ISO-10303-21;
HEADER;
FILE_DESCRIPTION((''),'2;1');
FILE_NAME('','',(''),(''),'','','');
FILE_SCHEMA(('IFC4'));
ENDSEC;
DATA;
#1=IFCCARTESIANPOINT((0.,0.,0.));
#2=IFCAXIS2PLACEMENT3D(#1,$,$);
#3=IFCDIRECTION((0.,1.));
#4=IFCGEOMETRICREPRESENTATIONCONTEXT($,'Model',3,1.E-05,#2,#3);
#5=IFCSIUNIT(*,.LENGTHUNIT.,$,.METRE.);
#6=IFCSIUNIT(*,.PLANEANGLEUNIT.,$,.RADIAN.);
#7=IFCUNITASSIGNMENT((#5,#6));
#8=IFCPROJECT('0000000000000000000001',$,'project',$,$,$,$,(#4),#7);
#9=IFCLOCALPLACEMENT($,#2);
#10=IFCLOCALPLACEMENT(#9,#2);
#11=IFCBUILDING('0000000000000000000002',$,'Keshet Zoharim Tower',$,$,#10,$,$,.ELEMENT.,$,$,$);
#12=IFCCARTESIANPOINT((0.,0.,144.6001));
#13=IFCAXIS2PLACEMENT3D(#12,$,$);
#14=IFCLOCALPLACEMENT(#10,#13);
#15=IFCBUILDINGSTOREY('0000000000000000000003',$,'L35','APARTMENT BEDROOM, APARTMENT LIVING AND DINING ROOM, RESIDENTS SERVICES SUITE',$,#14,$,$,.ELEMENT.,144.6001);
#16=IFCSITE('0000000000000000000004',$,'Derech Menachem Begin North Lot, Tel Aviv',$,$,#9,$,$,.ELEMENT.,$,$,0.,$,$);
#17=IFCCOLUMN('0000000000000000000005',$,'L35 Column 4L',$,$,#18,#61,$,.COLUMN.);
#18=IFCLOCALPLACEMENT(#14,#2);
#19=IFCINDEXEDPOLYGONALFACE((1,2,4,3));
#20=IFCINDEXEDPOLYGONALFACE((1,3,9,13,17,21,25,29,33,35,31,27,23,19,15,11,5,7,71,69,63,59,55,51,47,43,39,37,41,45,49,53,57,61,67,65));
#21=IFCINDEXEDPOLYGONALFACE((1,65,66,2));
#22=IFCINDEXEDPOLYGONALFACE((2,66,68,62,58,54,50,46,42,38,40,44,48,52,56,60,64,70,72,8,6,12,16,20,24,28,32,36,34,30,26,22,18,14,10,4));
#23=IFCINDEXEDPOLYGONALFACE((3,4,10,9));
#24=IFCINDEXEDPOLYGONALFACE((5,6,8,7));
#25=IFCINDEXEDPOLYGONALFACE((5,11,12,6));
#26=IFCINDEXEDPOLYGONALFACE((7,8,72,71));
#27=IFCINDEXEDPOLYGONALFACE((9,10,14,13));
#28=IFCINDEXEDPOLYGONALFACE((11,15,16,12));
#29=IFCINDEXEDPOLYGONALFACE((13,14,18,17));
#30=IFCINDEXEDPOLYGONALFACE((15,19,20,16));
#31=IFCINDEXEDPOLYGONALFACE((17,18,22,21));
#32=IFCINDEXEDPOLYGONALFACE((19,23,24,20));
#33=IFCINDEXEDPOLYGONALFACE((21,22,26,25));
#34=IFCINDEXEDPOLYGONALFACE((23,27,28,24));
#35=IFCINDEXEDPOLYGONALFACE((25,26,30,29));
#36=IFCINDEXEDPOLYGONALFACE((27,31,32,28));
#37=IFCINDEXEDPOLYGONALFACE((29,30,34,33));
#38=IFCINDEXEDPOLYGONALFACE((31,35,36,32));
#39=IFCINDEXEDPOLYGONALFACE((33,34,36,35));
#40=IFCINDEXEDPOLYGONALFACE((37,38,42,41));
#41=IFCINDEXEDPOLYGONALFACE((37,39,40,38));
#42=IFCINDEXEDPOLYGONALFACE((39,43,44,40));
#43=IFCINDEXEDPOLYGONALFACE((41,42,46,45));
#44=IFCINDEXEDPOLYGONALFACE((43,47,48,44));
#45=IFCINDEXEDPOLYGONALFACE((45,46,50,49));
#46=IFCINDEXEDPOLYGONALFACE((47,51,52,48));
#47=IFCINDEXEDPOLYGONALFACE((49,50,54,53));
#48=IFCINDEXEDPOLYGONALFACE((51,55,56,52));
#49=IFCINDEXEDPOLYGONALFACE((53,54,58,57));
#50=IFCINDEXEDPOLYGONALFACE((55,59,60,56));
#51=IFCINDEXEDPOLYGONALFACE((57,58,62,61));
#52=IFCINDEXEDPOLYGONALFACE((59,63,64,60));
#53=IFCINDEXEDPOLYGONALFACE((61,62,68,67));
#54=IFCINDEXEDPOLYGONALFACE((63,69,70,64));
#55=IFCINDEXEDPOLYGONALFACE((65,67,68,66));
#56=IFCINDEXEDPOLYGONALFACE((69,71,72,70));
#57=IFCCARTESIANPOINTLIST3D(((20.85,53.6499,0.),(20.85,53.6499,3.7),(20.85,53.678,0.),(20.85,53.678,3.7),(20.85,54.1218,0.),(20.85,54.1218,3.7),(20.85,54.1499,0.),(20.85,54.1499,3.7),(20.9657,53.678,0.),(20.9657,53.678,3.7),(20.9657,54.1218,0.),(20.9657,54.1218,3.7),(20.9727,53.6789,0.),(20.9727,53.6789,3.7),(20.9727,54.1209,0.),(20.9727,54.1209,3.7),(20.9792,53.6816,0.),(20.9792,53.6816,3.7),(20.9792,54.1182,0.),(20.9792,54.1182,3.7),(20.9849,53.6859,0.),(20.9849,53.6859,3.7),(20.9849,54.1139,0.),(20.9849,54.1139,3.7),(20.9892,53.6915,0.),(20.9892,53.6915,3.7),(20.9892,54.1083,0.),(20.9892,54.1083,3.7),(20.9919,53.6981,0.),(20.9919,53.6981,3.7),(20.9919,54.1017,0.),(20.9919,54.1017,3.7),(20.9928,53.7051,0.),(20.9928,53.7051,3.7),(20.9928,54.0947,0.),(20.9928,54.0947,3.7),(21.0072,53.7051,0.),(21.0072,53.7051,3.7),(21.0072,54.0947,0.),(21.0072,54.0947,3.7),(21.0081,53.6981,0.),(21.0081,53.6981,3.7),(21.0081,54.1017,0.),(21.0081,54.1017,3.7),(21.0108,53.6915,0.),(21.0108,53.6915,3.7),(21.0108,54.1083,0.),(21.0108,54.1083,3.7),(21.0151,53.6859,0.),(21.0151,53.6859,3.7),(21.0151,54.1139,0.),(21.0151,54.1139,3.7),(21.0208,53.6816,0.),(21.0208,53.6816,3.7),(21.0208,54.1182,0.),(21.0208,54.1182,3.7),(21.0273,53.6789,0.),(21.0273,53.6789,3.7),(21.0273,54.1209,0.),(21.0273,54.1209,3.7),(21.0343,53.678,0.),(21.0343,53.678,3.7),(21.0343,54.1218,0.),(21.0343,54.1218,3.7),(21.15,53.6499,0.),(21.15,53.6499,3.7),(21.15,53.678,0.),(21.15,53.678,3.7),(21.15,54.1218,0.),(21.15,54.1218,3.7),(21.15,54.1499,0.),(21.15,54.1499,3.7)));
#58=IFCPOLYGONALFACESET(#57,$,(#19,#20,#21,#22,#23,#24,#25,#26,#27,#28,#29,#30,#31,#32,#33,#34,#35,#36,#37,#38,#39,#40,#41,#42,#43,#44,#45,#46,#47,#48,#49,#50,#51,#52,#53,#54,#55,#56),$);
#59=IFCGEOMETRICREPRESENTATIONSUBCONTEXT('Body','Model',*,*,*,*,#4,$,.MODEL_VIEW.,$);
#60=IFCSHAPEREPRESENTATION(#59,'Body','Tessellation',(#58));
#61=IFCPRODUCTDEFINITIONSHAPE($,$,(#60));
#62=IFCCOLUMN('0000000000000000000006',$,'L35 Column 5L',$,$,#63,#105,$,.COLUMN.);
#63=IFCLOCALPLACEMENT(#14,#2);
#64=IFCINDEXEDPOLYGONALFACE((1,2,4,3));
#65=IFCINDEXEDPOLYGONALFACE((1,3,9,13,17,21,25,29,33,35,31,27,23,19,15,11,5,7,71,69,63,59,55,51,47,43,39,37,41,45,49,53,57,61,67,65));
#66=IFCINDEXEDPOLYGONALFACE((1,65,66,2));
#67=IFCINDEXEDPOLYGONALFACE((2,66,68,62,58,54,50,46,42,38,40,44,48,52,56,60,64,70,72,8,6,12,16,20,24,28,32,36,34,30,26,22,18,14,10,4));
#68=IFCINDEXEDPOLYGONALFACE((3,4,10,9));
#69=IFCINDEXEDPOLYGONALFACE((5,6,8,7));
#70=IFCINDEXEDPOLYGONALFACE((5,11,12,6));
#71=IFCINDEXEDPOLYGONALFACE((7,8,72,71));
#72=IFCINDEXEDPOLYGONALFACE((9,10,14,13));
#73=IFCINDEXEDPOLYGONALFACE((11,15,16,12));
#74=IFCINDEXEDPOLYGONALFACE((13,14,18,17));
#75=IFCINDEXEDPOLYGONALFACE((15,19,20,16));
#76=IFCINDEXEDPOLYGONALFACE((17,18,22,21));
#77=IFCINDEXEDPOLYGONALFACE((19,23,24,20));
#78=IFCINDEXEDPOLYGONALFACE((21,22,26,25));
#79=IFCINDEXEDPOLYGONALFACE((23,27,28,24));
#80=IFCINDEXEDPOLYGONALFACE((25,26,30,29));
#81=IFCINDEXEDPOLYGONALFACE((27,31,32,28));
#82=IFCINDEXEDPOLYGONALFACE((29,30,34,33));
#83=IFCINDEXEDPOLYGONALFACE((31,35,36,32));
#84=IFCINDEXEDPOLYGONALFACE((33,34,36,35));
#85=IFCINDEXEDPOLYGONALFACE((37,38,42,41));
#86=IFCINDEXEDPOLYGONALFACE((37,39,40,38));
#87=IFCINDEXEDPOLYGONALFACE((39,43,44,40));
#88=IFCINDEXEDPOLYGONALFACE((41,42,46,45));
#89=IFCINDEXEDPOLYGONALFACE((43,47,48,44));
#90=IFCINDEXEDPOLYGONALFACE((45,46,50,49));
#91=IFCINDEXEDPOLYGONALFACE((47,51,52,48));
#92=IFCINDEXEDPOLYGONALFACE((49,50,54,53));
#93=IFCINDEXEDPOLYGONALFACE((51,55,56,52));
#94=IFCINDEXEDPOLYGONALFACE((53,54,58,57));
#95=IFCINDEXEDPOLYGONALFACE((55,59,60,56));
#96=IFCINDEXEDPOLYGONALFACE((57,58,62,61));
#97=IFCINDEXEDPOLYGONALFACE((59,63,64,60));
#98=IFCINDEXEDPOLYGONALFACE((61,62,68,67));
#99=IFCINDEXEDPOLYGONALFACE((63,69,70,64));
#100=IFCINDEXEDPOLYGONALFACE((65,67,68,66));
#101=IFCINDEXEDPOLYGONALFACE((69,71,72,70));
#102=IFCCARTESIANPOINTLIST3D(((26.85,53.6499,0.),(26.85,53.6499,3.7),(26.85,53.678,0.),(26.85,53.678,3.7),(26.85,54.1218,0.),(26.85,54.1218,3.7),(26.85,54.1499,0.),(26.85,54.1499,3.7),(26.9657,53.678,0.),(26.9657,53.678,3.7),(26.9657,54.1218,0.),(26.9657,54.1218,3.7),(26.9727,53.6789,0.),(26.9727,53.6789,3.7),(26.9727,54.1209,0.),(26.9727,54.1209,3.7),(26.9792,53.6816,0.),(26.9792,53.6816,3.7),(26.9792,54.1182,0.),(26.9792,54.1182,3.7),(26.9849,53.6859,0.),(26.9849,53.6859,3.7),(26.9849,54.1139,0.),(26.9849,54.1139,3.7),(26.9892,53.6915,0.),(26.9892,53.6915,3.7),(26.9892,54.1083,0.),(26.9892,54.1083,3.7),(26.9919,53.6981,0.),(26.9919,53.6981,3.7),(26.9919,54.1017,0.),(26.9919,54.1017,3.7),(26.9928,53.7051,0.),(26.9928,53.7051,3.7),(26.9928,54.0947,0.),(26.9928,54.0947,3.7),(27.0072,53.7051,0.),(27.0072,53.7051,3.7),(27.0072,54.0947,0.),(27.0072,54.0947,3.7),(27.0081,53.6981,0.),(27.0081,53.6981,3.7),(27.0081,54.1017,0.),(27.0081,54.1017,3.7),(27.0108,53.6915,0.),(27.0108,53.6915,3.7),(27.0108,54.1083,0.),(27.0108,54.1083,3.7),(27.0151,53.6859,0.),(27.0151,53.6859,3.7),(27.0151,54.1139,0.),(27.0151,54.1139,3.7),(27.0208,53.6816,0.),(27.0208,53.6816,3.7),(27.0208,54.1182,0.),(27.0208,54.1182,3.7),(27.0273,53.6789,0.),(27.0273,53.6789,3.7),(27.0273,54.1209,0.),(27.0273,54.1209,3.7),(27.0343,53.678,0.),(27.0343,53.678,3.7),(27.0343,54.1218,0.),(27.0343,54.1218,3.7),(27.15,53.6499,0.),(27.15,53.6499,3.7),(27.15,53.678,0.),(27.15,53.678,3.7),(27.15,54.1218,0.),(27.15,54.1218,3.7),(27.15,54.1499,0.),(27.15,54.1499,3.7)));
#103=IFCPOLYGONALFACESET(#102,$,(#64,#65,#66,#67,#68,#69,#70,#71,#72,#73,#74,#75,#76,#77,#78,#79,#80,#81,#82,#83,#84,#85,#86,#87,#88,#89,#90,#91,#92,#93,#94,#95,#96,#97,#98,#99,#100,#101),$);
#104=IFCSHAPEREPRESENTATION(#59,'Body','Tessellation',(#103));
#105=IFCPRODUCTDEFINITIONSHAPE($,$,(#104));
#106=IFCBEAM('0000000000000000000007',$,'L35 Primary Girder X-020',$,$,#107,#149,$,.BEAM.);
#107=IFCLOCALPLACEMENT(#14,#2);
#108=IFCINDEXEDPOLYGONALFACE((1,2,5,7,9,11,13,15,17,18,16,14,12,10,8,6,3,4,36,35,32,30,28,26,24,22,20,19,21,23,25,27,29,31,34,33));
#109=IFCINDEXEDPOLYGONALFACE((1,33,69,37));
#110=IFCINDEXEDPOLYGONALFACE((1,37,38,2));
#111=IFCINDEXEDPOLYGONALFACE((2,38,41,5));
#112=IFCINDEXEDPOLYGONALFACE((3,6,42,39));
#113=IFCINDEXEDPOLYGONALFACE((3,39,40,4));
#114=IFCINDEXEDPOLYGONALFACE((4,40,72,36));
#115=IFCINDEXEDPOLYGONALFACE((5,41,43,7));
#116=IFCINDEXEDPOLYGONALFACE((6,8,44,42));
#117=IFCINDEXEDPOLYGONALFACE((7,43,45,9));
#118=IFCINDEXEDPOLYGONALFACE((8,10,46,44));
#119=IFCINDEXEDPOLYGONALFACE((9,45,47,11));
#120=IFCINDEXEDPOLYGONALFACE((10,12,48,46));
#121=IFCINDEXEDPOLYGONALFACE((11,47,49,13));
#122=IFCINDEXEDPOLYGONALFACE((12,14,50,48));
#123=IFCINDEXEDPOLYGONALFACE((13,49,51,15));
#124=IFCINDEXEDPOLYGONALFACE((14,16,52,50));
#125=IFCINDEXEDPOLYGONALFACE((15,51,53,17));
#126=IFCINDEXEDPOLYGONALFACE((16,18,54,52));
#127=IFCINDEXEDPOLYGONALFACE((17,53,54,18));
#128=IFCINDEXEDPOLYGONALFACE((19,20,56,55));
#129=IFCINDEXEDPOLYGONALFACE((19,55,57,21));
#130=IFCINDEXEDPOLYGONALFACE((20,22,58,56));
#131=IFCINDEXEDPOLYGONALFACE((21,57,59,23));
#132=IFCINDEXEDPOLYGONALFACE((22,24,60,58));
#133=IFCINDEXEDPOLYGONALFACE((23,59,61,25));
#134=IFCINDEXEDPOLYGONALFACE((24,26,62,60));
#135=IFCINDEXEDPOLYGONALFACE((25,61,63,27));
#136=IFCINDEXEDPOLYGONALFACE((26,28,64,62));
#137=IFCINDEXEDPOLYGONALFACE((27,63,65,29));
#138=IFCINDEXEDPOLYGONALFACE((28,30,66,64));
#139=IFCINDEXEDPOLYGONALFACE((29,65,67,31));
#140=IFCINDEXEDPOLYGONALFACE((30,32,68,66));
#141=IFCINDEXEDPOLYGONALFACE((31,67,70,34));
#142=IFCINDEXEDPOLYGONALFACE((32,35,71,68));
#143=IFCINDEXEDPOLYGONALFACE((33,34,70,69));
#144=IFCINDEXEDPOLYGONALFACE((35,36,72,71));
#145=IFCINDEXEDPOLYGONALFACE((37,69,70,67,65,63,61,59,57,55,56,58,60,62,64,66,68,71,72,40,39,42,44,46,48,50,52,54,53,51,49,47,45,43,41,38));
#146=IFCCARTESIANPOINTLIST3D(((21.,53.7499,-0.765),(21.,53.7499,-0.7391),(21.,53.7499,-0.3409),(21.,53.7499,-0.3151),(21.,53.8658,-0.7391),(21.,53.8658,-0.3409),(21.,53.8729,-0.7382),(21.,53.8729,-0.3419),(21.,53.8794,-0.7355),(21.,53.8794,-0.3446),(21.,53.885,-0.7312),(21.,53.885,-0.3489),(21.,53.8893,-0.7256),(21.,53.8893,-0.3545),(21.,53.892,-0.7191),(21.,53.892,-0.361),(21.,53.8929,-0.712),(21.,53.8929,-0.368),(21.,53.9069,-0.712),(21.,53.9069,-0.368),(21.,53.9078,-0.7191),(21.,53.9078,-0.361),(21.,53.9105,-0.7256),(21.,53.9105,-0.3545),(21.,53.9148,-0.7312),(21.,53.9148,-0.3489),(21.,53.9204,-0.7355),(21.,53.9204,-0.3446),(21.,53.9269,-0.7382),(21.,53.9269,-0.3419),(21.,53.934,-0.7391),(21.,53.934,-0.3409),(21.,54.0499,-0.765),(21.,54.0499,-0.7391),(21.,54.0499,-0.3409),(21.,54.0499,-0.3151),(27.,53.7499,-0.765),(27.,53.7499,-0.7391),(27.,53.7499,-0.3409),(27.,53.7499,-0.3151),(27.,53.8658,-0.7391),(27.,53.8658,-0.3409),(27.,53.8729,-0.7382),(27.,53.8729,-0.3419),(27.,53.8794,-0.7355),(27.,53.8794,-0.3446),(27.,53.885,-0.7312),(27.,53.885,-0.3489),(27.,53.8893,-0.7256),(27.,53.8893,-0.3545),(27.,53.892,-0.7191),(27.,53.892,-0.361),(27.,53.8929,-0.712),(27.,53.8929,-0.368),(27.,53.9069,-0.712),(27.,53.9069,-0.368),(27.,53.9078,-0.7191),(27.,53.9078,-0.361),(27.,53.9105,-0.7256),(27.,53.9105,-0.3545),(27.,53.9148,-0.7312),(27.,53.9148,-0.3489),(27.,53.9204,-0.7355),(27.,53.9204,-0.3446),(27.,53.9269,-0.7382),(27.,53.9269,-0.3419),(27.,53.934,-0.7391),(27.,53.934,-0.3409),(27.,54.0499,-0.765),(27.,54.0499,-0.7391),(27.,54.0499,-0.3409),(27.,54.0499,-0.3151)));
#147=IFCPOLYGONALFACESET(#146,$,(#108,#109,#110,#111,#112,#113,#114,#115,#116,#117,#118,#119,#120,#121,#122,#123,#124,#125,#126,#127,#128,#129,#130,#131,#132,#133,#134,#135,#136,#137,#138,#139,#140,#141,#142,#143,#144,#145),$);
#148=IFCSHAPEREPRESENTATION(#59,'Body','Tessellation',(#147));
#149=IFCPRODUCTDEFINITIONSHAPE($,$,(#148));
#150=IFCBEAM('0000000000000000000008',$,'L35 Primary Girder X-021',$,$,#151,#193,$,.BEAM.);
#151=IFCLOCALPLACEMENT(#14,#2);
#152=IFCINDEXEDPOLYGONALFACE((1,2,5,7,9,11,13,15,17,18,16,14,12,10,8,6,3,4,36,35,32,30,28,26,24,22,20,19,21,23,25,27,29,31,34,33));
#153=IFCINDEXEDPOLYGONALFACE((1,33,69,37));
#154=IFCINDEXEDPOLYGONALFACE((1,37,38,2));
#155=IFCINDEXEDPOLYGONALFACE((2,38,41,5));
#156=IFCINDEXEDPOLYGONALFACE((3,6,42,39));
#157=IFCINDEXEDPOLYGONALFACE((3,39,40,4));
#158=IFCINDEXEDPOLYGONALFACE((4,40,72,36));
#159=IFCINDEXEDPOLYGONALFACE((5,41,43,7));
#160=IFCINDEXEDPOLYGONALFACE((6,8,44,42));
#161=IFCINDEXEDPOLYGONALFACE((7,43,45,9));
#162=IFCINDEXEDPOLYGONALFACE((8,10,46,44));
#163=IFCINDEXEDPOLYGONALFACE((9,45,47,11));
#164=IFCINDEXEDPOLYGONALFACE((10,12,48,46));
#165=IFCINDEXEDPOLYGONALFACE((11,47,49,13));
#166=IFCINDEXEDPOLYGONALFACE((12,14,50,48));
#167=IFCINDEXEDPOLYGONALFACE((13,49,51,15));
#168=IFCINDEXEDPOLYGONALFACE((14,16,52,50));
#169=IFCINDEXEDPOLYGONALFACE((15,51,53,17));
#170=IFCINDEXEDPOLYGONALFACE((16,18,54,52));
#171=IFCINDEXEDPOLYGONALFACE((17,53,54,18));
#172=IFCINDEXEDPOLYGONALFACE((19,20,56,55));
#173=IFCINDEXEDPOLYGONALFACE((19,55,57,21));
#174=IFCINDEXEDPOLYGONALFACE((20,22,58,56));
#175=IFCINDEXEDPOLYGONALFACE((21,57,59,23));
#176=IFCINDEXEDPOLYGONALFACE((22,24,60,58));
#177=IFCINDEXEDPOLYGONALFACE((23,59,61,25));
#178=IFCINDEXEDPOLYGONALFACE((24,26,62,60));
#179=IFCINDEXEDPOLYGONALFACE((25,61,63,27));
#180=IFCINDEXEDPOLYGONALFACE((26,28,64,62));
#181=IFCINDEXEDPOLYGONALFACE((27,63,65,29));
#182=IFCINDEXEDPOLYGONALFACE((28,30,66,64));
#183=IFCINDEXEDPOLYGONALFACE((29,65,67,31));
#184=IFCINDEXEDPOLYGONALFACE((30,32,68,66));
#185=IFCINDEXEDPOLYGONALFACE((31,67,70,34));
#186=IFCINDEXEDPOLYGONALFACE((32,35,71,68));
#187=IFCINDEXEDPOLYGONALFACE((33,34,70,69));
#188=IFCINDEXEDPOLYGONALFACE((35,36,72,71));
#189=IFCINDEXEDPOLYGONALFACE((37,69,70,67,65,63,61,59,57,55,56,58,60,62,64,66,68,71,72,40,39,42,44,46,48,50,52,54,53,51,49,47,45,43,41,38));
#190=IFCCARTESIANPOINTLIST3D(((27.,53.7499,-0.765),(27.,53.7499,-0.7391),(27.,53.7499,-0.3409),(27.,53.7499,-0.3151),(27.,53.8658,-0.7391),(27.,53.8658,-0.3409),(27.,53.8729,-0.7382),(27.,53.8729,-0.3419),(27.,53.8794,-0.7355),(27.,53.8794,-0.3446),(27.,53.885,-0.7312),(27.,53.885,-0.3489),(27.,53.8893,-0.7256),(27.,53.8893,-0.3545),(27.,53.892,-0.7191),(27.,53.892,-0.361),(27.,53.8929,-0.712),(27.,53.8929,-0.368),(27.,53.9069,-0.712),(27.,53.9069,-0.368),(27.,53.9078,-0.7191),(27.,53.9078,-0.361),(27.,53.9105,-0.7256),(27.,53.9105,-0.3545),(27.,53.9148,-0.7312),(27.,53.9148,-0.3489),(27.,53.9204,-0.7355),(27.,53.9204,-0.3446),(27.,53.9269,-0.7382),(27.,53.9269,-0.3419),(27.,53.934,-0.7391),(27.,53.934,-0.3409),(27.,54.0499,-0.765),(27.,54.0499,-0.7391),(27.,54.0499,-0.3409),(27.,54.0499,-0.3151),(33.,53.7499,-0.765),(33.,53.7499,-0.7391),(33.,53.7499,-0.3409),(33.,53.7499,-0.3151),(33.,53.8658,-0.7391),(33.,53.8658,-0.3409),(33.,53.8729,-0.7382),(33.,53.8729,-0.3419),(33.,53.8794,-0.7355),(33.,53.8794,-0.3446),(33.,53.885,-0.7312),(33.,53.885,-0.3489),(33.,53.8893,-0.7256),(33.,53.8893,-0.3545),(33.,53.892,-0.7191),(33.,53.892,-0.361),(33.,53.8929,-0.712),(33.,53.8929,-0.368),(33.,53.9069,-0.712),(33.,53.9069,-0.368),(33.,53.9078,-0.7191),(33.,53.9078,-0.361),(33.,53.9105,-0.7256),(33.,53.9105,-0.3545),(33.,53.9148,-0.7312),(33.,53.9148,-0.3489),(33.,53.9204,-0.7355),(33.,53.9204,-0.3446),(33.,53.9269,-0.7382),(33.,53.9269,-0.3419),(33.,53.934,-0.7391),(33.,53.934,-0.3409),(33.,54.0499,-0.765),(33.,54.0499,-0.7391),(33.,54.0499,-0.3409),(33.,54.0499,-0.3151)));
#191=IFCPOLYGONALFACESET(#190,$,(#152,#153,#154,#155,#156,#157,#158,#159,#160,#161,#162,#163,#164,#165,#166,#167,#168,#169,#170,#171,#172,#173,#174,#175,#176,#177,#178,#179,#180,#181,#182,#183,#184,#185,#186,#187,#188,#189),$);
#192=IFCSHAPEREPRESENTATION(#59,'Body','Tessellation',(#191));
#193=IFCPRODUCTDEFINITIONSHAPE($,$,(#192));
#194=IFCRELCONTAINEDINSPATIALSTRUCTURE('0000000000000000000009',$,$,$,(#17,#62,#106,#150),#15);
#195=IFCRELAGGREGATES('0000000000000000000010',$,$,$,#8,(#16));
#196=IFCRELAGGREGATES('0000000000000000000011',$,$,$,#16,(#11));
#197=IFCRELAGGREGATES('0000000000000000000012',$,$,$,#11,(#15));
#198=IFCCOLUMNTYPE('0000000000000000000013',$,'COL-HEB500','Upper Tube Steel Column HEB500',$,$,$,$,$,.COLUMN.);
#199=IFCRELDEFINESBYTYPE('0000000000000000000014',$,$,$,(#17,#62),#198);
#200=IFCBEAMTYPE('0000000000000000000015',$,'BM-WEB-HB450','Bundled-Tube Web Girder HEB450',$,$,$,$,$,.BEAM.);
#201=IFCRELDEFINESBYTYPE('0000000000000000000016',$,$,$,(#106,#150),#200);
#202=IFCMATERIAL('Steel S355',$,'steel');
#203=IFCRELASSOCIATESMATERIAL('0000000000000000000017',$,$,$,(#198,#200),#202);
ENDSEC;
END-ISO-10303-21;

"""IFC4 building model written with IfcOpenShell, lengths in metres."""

from ifc_helpers import new_model, si_unit, direction, frame, origin, origin_2d, place, context, subcontext, project, spatial, i_section, extrude, material, material_profile, profile_set, type_object, element, save


model = new_model("IFC4")

# Units and contexts
model_context = context("Model", 3, precision=1e-05, world=origin(), true_north=direction((0.0, 1.0)))
body_context = subcontext(model_context, "Body", "Model", "MODEL_VIEW")
ifc_project = project(units=[si_unit("LENGTHUNIT", "METRE"), si_unit("PLANEANGLEUNIT", "RADIAN")], contexts=[model_context])

# Site, building, storey
site_placement = place(None, origin())
site = spatial("IfcSite", under=ifc_project, at=site_placement, Name="Derech Menachem Begin North Lot, Tel Aviv", CompositionType="ELEMENT", RefElevation=0.0)
building_placement = place(site_placement, origin())
building = spatial("IfcBuilding", under=site, at=building_placement, Name="Keshet Zoharim Tower", CompositionType="ELEMENT")
storey_placement = place(building_placement, frame((0.0, 0.0, 144.6001)))
storey = spatial("IfcBuildingStorey", under=building, at=storey_placement, Name="L35", Description="APARTMENT BEDROOM, APARTMENT LIVING AND DINING ROOM, RESIDENTS SERVICES SUITE", CompositionType="ELEMENT", Elevation=144.6001)

# Columns
ifc_material_1 = material(Name="Steel S355", Category="steel")
ifc_material_profile_1 = material_profile(ifc_material_1, i_section(OverallWidth=0.3, OverallDepth=0.5, WebThickness=0.0144, FlangeThickness=0.0281, FilletRadius=0.0271, at=origin_2d()), Name="HEB500")
ifc_profile_set_1 = profile_set([ifc_material_profile_1], Name="Steel S355")
column_type = type_object("IfcColumnType", Name="COL-HEB500", Description="Upper Tube Steel Column HEB500", PredefinedType="COLUMN", material=ifc_profile_set_1)
for number, where, z_axis, x_axis, name in (
    (1, (21.0, 53.8999, 0.0), (0.0, 0.0, 1.0), (1.0, 0.0, 0.0), "L35 Column 4L"),
    (2, (27.0, 53.8999, 0.0), (0.0, 0.0, 1.0), (1.0, 0.0, 0.0), "L35 Column 5L"),
):
    element("IfcColumn", number, at=place(storey_placement, frame(where, z_axis=z_axis, x_axis=x_axis)), inside=storey, type_object=column_type, Name=name, PredefinedType="COLUMN", context=body_context, shape_type="SweptSolid", body=[
        extrude(i_section(OverallWidth=0.3, OverallDepth=0.5, WebThickness=0.0144, FlangeThickness=0.0281, FilletRadius=0.0271, at=origin_2d()), origin(), (0.0, 0.0, 1.0), 3.7),
    ])

# Beams
ifc_material_profile_2 = material_profile(ifc_material_1, i_section(OverallWidth=0.3, OverallDepth=0.45, WebThickness=0.0139, FlangeThickness=0.0259, FilletRadius=0.0271, at=origin_2d()), Name="HEB450")
ifc_profile_set_2 = profile_set([ifc_material_profile_2], Name="Steel S355")
beam_type = type_object("IfcBeamType", Name="BM-WEB-HB450", Description="Bundled-Tube Web Girder HEB450", PredefinedType="BEAM", material=ifc_profile_set_2)
for number, where, z_axis, x_axis, name in (
    (3, (21.0, 53.8999, -0.54), (1.0, 0.0, 0.0), (0.0, 1.0, 0.0), "L35 Primary Girder X-020"),
    (4, (27.0, 53.8999, -0.54), (1.0, 0.0, 0.0), (0.0, 1.0, 0.0), "L35 Primary Girder X-021"),
):
    element("IfcBeam", number, at=place(storey_placement, frame(where, z_axis=z_axis, x_axis=x_axis)), inside=storey, type_object=beam_type, Name=name, PredefinedType="BEAM", context=body_context, shape_type="SweptSolid", body=[
        extrude(i_section(OverallWidth=0.3, OverallDepth=0.45, WebThickness=0.0139, FlangeThickness=0.0259, FilletRadius=0.0271, at=origin_2d()), origin(), (0.0, 0.0, 1.0), 6.0),
    ])

save(model, "model.ifc")
